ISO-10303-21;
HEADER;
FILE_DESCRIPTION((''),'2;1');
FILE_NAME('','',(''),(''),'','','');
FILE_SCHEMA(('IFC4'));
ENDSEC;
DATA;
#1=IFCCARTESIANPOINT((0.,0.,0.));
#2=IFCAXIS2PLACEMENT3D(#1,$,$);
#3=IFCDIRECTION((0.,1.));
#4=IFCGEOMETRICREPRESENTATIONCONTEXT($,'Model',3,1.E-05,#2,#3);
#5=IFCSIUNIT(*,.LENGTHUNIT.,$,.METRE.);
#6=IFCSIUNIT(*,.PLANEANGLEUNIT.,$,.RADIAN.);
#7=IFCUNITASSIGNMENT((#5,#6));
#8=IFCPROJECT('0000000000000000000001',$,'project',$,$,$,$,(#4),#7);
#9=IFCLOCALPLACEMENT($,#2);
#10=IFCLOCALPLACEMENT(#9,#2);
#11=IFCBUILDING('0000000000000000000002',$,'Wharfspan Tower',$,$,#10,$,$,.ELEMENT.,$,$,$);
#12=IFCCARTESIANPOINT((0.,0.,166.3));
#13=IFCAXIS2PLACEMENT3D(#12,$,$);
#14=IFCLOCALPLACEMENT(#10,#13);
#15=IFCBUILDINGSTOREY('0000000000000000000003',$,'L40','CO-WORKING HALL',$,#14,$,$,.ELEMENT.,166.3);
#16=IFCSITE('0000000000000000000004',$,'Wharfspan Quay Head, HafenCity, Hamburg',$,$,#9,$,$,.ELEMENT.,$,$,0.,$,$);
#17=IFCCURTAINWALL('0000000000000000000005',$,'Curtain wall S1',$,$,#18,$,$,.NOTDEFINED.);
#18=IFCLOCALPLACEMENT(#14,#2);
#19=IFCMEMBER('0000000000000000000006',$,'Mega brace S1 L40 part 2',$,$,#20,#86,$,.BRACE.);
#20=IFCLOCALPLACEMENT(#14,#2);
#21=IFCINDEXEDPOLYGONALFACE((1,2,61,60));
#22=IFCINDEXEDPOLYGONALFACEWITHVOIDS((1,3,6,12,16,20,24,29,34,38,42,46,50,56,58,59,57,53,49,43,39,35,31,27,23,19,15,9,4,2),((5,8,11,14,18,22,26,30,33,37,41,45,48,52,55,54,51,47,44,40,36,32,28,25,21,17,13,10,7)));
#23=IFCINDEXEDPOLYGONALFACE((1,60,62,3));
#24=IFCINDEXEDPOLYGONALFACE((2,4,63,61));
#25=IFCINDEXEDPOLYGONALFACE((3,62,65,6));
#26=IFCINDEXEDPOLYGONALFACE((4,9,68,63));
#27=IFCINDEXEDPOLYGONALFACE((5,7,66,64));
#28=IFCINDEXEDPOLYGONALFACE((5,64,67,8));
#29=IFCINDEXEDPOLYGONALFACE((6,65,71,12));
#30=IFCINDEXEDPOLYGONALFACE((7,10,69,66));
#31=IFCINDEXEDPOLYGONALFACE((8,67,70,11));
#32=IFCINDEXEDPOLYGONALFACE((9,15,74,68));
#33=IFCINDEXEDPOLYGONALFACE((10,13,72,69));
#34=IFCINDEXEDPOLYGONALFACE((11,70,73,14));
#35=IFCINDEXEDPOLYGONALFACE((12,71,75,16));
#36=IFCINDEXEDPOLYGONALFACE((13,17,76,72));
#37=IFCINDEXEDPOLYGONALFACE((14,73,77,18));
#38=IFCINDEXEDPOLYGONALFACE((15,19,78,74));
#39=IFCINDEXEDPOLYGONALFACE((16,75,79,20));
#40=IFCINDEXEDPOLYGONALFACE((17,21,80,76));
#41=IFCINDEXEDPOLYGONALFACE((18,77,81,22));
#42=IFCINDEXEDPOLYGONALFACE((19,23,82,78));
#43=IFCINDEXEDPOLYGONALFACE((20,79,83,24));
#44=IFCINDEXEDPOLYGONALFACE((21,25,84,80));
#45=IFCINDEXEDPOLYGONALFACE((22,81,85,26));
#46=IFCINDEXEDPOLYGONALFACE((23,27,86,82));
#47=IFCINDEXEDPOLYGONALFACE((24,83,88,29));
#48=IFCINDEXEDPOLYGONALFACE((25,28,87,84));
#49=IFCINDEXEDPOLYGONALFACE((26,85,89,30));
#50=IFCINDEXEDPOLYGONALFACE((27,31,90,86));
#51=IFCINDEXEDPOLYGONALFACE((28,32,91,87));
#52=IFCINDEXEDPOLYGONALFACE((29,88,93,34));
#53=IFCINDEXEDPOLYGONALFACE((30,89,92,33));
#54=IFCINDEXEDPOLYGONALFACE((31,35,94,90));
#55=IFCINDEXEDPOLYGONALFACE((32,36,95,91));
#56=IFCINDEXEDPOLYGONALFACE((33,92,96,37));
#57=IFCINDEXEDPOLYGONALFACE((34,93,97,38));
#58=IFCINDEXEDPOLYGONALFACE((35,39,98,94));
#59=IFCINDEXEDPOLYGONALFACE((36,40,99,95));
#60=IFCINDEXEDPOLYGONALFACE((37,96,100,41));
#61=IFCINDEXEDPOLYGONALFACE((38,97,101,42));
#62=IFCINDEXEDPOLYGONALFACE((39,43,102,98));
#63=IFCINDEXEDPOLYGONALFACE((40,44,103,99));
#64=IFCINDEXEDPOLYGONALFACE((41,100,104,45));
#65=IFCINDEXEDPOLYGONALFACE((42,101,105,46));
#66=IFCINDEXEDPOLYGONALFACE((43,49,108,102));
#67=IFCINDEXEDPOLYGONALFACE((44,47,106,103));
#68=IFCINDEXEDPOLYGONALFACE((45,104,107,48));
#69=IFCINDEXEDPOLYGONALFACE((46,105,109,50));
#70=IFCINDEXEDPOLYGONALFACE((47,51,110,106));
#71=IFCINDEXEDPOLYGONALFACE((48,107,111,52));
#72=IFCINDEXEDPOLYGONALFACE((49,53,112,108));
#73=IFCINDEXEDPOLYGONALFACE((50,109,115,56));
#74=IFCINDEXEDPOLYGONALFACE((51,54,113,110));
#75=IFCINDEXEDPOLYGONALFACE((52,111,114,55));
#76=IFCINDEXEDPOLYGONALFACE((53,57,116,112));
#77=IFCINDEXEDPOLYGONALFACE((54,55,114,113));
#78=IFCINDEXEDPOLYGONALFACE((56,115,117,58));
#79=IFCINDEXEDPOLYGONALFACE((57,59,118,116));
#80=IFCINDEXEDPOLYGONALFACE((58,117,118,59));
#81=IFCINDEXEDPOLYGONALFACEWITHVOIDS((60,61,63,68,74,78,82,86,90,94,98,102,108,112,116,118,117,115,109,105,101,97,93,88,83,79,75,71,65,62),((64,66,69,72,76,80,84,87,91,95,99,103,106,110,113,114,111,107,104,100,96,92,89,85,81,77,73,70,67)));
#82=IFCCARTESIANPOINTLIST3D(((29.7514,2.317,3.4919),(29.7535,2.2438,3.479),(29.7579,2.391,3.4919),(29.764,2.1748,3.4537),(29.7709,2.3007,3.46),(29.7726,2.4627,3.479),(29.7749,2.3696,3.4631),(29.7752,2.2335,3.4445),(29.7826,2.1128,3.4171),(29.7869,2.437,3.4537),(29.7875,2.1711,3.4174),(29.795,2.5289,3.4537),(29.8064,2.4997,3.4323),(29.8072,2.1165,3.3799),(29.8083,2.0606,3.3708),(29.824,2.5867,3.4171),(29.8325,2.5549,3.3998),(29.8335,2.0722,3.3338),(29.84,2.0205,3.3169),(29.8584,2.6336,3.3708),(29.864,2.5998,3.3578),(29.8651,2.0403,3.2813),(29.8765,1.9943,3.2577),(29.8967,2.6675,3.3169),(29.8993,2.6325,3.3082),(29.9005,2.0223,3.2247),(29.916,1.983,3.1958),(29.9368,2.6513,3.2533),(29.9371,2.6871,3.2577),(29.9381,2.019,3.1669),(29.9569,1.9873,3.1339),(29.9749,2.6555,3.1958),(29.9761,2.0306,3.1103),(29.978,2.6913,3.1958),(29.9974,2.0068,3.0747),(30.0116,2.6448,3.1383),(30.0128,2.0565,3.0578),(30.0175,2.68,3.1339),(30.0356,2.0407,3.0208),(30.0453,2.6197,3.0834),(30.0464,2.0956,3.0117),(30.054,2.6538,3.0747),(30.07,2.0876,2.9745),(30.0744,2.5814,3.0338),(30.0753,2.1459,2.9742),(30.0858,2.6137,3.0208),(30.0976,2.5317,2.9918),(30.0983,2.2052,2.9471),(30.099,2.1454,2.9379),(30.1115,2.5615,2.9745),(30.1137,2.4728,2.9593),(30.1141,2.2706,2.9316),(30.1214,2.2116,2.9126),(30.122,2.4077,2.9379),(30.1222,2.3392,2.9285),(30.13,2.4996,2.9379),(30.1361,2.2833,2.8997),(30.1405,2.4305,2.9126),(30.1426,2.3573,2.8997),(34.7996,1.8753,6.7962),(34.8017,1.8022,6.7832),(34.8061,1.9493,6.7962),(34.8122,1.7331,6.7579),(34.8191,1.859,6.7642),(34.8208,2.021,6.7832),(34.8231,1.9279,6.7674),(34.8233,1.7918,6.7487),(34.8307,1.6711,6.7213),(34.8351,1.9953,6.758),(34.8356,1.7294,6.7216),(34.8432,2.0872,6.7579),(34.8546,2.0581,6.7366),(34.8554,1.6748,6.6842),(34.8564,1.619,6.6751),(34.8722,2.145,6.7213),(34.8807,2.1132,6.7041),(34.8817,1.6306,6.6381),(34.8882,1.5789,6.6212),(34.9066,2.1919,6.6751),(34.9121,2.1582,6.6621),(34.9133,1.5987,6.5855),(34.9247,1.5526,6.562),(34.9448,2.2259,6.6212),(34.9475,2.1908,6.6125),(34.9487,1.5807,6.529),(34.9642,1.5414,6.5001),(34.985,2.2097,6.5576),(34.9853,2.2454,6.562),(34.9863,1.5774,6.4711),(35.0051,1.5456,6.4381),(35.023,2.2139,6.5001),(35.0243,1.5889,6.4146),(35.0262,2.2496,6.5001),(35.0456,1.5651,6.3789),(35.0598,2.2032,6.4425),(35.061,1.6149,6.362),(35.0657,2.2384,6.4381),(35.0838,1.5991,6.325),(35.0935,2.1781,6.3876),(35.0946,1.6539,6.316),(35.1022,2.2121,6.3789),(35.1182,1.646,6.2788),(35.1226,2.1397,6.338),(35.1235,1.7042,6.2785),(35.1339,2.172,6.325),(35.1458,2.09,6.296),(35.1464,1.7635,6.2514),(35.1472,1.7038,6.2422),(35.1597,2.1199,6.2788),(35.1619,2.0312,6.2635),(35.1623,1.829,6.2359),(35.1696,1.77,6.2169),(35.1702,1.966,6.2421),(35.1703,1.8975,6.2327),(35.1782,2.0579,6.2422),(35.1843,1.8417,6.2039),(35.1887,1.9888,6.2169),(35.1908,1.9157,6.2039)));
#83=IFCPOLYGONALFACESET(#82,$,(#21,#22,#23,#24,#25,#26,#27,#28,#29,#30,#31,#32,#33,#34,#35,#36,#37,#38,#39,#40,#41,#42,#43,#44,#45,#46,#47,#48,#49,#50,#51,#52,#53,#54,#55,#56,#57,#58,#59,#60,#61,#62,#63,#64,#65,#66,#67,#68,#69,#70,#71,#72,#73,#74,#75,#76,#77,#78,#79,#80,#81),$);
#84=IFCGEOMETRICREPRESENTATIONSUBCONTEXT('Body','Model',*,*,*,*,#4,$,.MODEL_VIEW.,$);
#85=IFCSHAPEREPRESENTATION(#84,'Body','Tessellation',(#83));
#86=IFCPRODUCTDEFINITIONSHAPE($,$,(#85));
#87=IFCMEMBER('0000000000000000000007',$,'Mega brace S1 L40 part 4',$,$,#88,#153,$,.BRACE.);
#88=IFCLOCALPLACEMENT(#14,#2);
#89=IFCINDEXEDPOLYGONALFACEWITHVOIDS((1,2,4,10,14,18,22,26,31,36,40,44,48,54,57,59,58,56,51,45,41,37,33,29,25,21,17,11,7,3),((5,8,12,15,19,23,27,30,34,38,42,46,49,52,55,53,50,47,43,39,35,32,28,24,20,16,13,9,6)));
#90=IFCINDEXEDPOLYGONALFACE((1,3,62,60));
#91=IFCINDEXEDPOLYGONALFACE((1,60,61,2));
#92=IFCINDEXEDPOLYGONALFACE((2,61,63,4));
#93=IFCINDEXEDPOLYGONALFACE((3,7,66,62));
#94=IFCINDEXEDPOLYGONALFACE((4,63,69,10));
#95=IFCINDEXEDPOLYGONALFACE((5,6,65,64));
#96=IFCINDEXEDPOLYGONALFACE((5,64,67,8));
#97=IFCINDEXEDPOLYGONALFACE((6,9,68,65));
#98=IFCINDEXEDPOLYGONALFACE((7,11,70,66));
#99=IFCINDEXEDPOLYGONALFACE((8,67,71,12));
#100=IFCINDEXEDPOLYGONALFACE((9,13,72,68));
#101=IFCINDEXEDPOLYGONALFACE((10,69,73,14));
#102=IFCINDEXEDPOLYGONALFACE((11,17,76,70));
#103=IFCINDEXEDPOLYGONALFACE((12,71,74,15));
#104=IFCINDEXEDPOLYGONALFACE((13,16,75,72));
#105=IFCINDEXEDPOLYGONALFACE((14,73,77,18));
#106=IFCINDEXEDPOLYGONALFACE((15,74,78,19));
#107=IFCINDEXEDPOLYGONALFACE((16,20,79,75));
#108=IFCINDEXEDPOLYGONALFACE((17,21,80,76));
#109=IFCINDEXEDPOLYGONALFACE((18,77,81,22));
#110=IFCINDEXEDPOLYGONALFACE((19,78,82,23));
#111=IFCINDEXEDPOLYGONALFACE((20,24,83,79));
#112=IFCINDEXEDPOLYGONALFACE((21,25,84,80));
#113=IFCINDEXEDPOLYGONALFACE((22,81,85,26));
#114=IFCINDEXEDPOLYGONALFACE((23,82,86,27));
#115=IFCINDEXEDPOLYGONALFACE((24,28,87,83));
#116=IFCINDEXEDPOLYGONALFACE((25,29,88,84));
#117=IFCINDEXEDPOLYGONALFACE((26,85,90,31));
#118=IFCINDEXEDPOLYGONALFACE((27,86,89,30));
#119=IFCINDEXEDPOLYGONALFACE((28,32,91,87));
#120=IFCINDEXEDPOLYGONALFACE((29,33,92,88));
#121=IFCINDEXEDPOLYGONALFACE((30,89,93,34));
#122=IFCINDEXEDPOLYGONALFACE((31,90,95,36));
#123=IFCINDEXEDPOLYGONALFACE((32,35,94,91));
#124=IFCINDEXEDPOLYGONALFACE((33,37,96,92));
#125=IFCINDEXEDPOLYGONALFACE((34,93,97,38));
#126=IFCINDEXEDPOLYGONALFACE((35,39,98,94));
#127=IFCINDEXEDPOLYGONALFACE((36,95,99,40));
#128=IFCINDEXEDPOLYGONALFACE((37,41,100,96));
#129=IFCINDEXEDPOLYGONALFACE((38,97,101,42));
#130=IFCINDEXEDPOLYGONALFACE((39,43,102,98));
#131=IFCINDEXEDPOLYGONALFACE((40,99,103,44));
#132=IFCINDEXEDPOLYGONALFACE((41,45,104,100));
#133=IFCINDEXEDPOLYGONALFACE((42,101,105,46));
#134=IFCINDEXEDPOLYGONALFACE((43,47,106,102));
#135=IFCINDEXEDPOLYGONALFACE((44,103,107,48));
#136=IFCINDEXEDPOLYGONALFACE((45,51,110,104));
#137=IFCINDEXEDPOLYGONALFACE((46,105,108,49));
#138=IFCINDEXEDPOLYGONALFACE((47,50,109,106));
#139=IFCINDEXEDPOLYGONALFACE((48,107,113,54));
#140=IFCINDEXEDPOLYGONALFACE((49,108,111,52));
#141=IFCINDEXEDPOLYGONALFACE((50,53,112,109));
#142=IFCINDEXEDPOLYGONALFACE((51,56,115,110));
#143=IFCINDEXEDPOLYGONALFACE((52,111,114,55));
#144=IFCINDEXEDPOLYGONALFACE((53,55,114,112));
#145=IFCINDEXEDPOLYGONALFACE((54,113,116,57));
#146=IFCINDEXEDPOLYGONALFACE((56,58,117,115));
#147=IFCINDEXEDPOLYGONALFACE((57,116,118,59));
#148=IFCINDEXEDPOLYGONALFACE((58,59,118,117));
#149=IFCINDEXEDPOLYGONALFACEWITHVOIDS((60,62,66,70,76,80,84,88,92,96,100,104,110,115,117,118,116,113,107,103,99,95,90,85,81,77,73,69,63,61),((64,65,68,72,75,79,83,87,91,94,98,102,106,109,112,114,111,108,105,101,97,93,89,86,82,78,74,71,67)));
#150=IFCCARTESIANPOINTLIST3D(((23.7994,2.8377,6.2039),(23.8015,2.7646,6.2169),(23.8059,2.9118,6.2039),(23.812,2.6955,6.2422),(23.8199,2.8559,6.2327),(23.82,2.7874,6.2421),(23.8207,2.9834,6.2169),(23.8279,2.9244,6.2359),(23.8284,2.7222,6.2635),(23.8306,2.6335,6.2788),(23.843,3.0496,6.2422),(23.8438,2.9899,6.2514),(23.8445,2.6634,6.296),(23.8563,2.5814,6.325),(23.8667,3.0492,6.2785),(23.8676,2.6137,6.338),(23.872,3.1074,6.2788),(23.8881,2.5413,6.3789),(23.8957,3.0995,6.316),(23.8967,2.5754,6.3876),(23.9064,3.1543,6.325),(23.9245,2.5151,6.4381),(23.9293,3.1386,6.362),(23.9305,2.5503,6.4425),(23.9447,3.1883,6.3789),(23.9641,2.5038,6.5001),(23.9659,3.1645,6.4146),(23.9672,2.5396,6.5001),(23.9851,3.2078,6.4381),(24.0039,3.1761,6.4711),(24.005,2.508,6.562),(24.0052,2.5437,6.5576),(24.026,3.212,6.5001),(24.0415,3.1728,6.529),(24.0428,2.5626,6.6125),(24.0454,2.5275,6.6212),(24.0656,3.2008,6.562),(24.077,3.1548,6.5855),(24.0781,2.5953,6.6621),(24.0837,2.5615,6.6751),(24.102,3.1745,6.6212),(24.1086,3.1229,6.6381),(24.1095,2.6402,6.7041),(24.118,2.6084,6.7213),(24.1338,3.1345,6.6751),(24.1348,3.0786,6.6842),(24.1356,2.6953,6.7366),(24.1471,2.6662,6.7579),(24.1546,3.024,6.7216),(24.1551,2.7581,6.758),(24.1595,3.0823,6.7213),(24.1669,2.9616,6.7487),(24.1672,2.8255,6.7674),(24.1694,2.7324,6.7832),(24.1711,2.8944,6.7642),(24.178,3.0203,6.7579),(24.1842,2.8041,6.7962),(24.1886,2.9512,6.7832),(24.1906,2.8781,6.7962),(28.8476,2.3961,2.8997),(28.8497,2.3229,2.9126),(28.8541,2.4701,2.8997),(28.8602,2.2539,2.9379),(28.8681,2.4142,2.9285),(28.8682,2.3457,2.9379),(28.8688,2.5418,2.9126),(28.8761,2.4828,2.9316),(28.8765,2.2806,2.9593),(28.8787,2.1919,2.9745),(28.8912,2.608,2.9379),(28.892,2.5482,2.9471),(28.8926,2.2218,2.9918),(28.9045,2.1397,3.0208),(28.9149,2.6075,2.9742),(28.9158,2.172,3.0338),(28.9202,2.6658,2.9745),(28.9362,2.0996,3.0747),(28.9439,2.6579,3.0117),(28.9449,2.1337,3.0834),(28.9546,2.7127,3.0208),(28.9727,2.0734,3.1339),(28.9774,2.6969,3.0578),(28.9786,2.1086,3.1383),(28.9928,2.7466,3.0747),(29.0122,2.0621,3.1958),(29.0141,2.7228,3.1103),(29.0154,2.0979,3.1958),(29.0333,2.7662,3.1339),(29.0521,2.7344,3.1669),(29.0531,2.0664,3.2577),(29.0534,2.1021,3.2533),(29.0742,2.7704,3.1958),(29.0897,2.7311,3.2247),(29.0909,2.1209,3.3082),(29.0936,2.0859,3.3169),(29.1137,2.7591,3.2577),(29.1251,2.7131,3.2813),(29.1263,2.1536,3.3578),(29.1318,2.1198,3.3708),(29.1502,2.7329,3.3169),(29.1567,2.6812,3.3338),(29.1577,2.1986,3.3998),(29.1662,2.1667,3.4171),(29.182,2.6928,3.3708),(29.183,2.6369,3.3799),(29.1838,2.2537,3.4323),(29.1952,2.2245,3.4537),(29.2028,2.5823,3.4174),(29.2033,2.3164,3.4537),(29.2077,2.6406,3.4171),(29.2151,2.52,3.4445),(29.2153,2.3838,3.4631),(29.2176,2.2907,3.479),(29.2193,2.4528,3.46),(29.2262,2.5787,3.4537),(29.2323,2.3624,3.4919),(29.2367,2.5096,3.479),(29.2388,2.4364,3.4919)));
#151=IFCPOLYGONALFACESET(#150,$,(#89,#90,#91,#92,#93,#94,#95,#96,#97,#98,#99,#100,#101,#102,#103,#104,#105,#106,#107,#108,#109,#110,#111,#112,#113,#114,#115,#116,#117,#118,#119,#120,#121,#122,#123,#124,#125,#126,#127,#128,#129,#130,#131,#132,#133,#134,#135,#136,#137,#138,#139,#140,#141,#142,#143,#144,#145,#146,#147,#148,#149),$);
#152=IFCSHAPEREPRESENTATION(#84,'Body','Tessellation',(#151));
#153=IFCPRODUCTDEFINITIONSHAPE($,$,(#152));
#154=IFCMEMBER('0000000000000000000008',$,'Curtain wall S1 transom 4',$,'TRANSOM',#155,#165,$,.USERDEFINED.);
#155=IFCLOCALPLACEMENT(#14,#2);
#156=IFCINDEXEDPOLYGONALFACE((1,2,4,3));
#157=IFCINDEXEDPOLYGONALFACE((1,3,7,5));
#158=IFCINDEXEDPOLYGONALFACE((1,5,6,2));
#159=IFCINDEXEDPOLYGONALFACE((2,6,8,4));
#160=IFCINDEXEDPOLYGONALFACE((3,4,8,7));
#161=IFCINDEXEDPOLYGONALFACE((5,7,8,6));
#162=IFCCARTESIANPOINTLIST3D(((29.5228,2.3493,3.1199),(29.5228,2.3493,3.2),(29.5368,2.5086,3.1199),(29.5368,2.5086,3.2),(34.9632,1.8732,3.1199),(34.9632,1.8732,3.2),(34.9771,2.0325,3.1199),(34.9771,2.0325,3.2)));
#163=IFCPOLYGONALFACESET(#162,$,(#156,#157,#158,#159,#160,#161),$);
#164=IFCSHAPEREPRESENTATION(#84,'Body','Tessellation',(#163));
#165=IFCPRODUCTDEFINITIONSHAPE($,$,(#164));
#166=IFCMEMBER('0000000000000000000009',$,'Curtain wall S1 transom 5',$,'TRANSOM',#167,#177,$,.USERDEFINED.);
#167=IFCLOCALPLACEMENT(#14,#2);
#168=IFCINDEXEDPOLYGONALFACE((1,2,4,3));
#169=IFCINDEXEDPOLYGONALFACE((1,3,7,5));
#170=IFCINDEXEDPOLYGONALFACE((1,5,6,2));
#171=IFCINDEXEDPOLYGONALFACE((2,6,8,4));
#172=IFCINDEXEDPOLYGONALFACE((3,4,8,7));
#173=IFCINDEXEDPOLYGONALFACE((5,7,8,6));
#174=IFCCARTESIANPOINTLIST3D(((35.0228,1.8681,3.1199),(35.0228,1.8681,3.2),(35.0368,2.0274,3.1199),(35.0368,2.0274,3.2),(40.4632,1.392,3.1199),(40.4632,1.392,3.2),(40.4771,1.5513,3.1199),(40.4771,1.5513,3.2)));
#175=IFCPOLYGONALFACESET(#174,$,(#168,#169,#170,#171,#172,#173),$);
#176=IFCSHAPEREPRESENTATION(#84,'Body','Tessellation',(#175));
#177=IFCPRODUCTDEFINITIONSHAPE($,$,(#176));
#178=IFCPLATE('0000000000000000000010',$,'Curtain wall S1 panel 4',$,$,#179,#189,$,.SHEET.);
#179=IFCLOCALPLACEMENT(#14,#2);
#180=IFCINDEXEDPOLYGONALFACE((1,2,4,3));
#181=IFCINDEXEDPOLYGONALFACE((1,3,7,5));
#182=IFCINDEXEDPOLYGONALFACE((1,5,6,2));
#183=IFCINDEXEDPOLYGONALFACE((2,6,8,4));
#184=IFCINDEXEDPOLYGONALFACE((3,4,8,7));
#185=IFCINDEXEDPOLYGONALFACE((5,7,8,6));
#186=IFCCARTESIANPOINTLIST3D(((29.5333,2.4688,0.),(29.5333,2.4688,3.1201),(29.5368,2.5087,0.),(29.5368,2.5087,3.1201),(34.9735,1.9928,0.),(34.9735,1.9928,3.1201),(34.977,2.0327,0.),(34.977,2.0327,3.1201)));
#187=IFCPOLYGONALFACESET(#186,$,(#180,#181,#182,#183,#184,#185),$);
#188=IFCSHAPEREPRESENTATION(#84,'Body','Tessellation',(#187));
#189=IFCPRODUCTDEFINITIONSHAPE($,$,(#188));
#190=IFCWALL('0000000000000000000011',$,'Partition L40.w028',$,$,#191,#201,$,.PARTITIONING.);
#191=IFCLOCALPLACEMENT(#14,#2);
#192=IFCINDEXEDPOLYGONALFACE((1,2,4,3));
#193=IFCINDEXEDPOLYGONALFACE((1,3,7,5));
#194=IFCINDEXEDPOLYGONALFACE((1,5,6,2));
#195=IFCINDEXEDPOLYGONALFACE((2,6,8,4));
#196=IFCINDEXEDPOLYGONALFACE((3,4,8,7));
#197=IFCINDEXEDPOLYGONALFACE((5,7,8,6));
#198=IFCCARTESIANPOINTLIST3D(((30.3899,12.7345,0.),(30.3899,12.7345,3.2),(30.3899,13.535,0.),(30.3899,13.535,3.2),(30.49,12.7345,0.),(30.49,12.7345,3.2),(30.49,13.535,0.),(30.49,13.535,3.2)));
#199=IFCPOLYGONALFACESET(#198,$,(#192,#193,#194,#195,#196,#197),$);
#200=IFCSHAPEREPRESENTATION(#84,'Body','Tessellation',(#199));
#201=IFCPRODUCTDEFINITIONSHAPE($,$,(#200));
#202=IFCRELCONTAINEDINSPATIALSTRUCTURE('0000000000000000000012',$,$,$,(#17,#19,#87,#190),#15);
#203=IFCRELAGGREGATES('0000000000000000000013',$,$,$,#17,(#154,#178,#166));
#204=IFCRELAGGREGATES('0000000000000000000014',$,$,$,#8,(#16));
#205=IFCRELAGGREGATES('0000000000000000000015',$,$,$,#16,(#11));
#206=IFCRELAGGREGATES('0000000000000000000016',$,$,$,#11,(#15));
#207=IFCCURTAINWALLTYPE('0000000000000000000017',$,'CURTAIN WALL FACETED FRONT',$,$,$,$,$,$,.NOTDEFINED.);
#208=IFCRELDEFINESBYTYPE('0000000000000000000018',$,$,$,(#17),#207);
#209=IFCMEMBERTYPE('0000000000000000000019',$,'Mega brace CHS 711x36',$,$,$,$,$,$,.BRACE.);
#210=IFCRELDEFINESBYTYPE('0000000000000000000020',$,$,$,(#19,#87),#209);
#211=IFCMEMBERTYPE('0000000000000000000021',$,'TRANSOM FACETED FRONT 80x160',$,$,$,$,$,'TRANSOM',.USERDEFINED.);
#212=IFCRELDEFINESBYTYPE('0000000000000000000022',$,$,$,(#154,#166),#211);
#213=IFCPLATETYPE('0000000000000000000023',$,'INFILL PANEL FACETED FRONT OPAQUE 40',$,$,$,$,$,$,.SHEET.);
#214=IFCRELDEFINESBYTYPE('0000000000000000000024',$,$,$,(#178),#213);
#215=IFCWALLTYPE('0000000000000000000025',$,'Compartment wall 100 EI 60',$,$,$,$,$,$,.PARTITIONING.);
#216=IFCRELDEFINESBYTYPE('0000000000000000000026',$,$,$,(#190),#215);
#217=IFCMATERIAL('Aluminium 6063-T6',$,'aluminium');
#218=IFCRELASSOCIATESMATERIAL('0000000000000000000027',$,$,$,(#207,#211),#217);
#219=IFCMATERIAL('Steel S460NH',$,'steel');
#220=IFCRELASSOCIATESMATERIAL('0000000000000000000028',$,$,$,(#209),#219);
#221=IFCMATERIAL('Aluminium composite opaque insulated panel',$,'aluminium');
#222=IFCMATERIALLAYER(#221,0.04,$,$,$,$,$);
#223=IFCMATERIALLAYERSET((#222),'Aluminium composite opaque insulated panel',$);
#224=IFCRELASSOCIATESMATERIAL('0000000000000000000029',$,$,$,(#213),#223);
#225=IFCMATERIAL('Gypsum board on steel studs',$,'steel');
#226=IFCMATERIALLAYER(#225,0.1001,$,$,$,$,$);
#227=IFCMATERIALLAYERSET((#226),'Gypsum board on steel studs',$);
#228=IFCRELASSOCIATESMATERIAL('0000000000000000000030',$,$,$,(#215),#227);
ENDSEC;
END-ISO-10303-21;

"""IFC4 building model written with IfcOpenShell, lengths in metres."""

from ifc_helpers import new_model, si_unit, direction, frame, frame_2d, origin, origin_2d, place, context, subcontext, project, spatial, rectangle, hollow_circle, extrude, material, layer, layer_set, material_profile, profile_set, type_object, element, aggregate, save


model = new_model("IFC4")

# Units and contexts
model_context = context("Model", 3, precision=1e-05, world=origin(), true_north=direction((0.0, 1.0)))
body_context = subcontext(model_context, "Body", "Model", "MODEL_VIEW")
ifc_project = project(units=[si_unit("LENGTHUNIT", "METRE"), si_unit("PLANEANGLEUNIT", "RADIAN")], contexts=[model_context])

# Site, building, storey
site_placement = place(None, origin())
site = spatial("IfcSite", under=ifc_project, at=site_placement, Name="Wharfspan Quay Head, HafenCity, Hamburg", CompositionType="ELEMENT", RefElevation=0.0)
building_placement = place(site_placement, origin())
building = spatial("IfcBuilding", under=site, at=building_placement, Name="Wharfspan Tower", CompositionType="ELEMENT")
storey_placement = place(building_placement, frame((0.0, 0.0, 166.3)))
storey = spatial("IfcBuildingStorey", under=building, at=storey_placement, Name="L40", Description="CO-WORKING HALL", CompositionType="ELEMENT", Elevation=166.3)

# Curtain wall
ifc_material_1 = material(Name="Aluminium 6063-T6", Category="aluminium")
curtain_wall_type = type_object("IfcCurtainWallType", Name="CURTAIN WALL FACETED FRONT", PredefinedType="NOTDEFINED", material=ifc_material_1)
curtain_wall_placement = place(storey_placement, origin())
curtain_wall = element("IfcCurtainWall", 1, at=curtain_wall_placement, inside=storey, type_object=curtain_wall_type, Name="Curtain wall S1", PredefinedType="NOTDEFINED")

# Members
ifc_material_2 = material(Name="Steel S460NH", Category="steel")
ifc_material_profile_1 = material_profile(ifc_material_2, hollow_circle(Radius=0.3555, WallThickness=0.0359, at=origin_2d()))
ifc_profile_set_1 = profile_set([ifc_material_profile_1], Name="Steel S460NH")
member_type_1 = type_object("IfcMemberType", Name="Mega brace CHS 711x36", PredefinedType="BRACE", material=ifc_profile_set_1)
for number, where, z_axis, x_axis, name in (
    (2, (29.947, 2.3372, 3.1958), (0.834469, -0.073006, 0.546197), (0.087156, 0.996198, -0.000001), "Mega brace S1 L40 part 2"),
    (3, (29.0432, 2.4163, 3.1958), (-0.834469, 0.073006, 0.546197), (-0.087156, -0.996198, -0.000001), "Mega brace S1 L40 part 4"),
):
    element("IfcMember", number, at=place(storey_placement, frame(where, z_axis=z_axis, x_axis=x_axis)), inside=storey, type_object=member_type_1, Name=name, PredefinedType="BRACE", context=body_context, shape_type="SweptSolid", body=[
        extrude(hollow_circle(Radius=0.3555, WallThickness=0.0359, at=origin_2d()), origin(), (0.0, 0.0, 1.0), 6.0496),
    ])

# Members
ifc_material_profile_2 = material_profile(ifc_material_1, rectangle(XDim=0.1599, YDim=0.0801, at=origin_2d()))
ifc_profile_set_2 = profile_set([ifc_material_profile_2], Name="Aluminium 6063-T6")
member_type_2 = type_object("IfcMemberType", Name="TRANSOM FACETED FRONT 80x160", ElementType="TRANSOM", PredefinedType="USERDEFINED", material=ifc_profile_set_2)
member_1_placement = place(storey_placement, frame((29.5298, 2.429, 3.1599), z_axis=(0.996193, -0.087174, 0.0), x_axis=(0.087174, 0.996193, 0.0)))
member_1 = element("IfcMember", 4, at=member_1_placement, type_object=member_type_2, Name="Curtain wall S1 transom 4", ObjectType="TRANSOM", PredefinedType="USERDEFINED", context=body_context, shape_type="SweptSolid", body=[
    extrude(rectangle(XDim=0.1599, YDim=0.0801, at=origin_2d()), origin(), (0.0, 0.0, 1.0), 5.4612),
])
member_2_placement = place(storey_placement, frame((35.0298, 1.9478, 3.1599), z_axis=(0.996193, -0.087174, 0.0), x_axis=(0.087174, 0.996193, 0.0)))
member_2 = element("IfcMember", 5, at=member_2_placement, type_object=member_type_2, Name="Curtain wall S1 transom 5", ObjectType="TRANSOM", PredefinedType="USERDEFINED", context=body_context, shape_type="SweptSolid", body=[
    extrude(rectangle(XDim=0.1599, YDim=0.0801, at=origin_2d()), origin(), (0.0, 0.0, 1.0), 5.4612),
])

# Plate
ifc_material_3 = material(Name="Aluminium composite opaque insulated panel", Category="aluminium")
ifc_layer_1 = layer(ifc_material_3, 0.04)
ifc_layer_set_1 = layer_set([ifc_layer_1], Name="Aluminium composite opaque insulated panel")
plate_type = type_object("IfcPlateType", Name="INFILL PANEL FACETED FRONT OPAQUE 40", PredefinedType="SHEET", material=ifc_layer_set_1)
plate_placement = place(storey_placement, frame((32.2551, 2.2507, 0.0), z_axis=(0.0, 0.0, 1.0), x_axis=(0.996198, -0.087156, 0.0)))
plate = element("IfcPlate", 6, at=plate_placement, type_object=plate_type, Name="Curtain wall S1 panel 4", PredefinedType="SHEET", context=body_context, shape_type="SweptSolid", body=[
    extrude(rectangle(XDim=5.4609, YDim=0.04, at=origin_2d()), origin(), (0.0, 0.0, 1.0), 3.1201),
])
aggregate(curtain_wall, [member_1, plate, member_2])

# Wall
ifc_material_4 = material(Name="Gypsum board on steel studs", Category="steel")
ifc_layer_2 = layer(ifc_material_4, 0.1001)
ifc_layer_set_2 = layer_set([ifc_layer_2], Name="Gypsum board on steel studs")
wall_type_1 = type_object("IfcWallType", Name="Compartment wall 100 EI 60", PredefinedType="PARTITIONING", material=ifc_layer_set_2)
wall_1_placement = place(storey_placement, frame((30.4399, 12.7344, 0.0), z_axis=(0.0, 0.0, 1.0), x_axis=(0.0, 1.0, 0.0)))
element("IfcWall", 7, at=wall_1_placement, inside=storey, type_object=wall_type_1, Name="Partition L40.w028", PredefinedType="PARTITIONING", context=body_context, shape_type="SweptSolid", body=[
    extrude(rectangle(XDim=0.8005, YDim=0.1001, at=frame_2d((0.4004, 0.0))), origin(), (0.0, 0.0, 1.0), 3.2),
])

save(model, "model.ifc")
